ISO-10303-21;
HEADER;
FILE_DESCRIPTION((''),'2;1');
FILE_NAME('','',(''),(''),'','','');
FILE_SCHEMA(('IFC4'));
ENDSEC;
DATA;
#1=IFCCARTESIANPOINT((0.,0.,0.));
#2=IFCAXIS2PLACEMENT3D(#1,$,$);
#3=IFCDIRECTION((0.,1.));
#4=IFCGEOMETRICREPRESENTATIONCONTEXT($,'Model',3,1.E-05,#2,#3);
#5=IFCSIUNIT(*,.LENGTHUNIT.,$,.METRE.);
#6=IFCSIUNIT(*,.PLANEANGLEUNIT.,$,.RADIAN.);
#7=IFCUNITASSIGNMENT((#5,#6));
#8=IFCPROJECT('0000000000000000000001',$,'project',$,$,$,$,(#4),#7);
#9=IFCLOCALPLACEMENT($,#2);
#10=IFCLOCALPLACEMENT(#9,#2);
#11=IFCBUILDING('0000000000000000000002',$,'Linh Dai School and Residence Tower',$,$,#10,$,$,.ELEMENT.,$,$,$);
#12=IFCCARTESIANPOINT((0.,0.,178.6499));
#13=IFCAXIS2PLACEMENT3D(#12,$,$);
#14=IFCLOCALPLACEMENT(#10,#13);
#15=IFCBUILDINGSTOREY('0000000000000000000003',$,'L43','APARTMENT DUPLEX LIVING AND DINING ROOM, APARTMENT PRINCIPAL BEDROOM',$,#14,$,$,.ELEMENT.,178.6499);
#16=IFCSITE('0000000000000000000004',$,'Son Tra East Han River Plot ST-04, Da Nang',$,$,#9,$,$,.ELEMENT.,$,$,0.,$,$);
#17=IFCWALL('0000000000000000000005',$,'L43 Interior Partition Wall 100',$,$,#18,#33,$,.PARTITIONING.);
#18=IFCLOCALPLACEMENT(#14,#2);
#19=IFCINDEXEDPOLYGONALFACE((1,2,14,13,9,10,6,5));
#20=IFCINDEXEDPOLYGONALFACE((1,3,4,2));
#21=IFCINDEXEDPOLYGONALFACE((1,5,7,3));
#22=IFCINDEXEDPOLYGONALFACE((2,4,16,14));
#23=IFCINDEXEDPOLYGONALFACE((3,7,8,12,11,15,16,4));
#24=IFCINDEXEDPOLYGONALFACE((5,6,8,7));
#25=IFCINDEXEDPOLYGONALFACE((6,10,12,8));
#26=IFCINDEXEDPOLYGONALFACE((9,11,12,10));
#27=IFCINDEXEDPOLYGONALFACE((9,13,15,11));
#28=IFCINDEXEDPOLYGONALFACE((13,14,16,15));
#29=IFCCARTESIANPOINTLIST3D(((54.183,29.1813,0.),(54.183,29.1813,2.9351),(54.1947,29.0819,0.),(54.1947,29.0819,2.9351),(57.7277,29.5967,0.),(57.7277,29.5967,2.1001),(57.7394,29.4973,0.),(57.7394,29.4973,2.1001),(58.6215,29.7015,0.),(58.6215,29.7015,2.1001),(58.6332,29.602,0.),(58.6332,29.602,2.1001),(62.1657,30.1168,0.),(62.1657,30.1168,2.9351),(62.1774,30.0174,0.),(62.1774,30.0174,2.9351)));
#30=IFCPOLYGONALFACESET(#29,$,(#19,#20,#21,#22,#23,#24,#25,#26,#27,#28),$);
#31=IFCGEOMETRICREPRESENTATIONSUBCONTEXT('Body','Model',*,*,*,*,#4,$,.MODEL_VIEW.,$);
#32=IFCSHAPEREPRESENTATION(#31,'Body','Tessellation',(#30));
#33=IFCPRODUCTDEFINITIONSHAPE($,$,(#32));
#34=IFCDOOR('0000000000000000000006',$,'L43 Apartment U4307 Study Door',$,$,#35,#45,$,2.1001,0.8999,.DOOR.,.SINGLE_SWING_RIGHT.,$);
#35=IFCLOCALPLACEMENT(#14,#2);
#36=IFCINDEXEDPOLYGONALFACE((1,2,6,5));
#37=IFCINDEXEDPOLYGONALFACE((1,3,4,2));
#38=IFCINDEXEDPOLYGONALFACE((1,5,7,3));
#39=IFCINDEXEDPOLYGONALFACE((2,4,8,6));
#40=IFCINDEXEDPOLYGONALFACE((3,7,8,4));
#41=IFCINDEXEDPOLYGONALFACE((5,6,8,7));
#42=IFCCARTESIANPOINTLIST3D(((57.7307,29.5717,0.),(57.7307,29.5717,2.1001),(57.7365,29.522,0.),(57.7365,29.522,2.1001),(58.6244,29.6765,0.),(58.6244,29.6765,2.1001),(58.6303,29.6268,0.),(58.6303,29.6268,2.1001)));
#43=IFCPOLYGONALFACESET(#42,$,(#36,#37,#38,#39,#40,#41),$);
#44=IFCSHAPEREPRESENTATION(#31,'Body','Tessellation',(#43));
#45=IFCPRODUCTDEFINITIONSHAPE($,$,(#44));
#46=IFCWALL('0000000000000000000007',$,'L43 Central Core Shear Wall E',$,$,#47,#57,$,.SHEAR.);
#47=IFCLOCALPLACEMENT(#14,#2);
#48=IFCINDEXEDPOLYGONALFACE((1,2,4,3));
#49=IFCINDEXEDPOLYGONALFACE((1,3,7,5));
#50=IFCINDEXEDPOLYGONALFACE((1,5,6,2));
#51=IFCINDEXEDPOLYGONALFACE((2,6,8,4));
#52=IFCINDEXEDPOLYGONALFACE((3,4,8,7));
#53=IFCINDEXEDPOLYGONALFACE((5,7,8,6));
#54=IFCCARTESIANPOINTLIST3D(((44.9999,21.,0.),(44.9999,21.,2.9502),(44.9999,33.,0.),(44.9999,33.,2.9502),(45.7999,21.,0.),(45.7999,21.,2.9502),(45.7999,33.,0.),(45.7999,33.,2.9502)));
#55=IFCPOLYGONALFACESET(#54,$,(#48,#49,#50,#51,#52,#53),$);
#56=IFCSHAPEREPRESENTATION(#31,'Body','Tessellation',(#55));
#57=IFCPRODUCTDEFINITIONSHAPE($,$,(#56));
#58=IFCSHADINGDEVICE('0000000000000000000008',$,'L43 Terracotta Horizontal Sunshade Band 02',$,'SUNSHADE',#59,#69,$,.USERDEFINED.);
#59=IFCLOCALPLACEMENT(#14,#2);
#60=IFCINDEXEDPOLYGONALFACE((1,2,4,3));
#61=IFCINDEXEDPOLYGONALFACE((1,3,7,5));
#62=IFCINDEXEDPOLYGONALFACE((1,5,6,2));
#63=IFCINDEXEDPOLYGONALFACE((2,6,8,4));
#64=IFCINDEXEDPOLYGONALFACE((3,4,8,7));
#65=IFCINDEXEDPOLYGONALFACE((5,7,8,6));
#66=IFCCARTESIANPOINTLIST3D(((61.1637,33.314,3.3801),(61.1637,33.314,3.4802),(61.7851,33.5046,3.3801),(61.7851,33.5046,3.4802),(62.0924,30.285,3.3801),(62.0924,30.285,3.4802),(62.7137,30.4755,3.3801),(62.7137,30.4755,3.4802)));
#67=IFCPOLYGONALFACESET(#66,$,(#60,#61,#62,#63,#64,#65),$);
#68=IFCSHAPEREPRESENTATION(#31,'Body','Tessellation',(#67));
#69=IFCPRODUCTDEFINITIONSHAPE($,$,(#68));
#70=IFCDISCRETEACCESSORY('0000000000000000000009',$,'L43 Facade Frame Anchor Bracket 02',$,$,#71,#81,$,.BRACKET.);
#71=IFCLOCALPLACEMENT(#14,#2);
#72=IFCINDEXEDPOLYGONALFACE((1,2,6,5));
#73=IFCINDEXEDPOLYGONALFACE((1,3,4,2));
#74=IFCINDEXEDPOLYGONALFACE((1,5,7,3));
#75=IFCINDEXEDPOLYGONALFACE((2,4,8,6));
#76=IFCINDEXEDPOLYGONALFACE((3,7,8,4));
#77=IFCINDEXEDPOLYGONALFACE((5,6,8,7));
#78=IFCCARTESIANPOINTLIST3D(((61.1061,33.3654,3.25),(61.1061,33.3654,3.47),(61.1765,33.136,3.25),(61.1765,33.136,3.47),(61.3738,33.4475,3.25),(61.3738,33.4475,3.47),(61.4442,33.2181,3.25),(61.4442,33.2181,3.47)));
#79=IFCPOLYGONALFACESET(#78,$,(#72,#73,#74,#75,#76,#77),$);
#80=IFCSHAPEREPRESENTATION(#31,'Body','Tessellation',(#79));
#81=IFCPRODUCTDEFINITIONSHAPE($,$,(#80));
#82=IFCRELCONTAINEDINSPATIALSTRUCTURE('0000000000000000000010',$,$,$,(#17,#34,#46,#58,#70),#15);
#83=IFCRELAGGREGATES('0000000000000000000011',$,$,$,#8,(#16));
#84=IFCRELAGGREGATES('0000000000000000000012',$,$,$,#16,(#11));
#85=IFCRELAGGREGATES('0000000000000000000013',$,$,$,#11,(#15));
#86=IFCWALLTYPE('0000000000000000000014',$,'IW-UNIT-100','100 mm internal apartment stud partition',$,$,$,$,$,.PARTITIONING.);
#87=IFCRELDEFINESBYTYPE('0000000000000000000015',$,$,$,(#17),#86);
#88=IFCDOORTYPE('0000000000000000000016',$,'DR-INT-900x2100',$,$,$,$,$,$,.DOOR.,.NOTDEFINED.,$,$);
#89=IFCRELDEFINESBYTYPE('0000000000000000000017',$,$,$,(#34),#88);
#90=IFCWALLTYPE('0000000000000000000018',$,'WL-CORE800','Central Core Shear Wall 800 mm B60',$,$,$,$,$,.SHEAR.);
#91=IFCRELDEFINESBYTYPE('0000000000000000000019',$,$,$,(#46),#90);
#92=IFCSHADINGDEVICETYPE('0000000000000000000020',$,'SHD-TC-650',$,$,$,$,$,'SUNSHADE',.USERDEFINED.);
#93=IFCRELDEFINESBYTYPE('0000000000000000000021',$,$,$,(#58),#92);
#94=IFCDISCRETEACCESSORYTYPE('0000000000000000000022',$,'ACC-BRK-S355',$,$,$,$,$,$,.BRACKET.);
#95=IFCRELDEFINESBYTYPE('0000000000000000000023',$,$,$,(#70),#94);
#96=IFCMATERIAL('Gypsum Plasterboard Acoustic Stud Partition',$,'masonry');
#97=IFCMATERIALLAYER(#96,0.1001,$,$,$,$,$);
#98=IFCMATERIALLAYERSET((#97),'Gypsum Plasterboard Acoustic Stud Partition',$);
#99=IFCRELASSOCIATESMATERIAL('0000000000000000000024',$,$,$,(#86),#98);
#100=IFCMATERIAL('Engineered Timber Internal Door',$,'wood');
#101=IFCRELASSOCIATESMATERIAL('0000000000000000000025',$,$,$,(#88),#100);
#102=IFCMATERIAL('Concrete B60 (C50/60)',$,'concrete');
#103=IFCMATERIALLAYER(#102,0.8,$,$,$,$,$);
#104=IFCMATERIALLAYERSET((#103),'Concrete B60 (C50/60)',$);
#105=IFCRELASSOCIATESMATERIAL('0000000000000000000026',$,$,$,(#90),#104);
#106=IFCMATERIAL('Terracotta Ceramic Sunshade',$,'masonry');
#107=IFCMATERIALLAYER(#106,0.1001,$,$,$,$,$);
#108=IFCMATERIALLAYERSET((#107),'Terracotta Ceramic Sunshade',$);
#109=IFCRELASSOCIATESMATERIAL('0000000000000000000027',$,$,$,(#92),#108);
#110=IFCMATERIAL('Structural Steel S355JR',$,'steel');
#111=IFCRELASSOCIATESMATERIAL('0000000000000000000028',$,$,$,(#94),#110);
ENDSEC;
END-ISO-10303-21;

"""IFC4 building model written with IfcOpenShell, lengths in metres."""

from ifc_helpers import new_model, si_unit, direction, frame, frame_2d, origin, origin_2d, place, context, subcontext, project, spatial, rectangle, extrude, source, transform, mapped, material, layer, layer_set, type_object, element, fill, save


model = new_model("IFC4")

# Units and contexts
model_context = context("Model", 3, precision=1e-05, world=origin(), true_north=direction((0.0, 1.0)))
body_context = subcontext(model_context, "Body", "Model", "MODEL_VIEW")
ifc_project = project(units=[si_unit("LENGTHUNIT", "METRE"), si_unit("PLANEANGLEUNIT", "RADIAN")], contexts=[model_context])

# Site, building, storey
site_placement = place(None, origin())
site = spatial("IfcSite", under=ifc_project, at=site_placement, Name="Son Tra East Han River Plot ST-04, Da Nang", CompositionType="ELEMENT", RefElevation=0.0)
building_placement = place(site_placement, origin())
building = spatial("IfcBuilding", under=site, at=building_placement, Name="Linh Dai School and Residence Tower", CompositionType="ELEMENT")
storey_placement = place(building_placement, frame((0.0, 0.0, 178.6499)))
storey = spatial("IfcBuildingStorey", under=building, at=storey_placement, Name="L43", Description="APARTMENT DUPLEX LIVING AND DINING ROOM, APARTMENT PRINCIPAL BEDROOM", CompositionType="ELEMENT", Elevation=178.6499)

# Shared definitions
ifc_material_1 = material(Name="Concrete B60 (C50/60)", Category="concrete")
ifc_material_2 = material(Name="Structural Steel S355JR", Category="steel")

# Shared definitions
ifc_material_3 = material(Name="Gypsum Plasterboard Acoustic Stud Partition", Category="masonry")
ifc_layer_1 = layer(ifc_material_3, 0.1001)
ifc_layer_set_1 = layer_set([ifc_layer_1], Name="Gypsum Plasterboard Acoustic Stud Partition")
wall_type_1 = type_object("IfcWallType", Name="IW-UNIT-100", Description="100 mm internal apartment stud partition", PredefinedType="PARTITIONING", material=ifc_layer_set_1)

# Wall, opening, door
wall_1_placement = place(storey_placement, frame((54.189, 29.1316, 0.0), z_axis=(0.0, 0.0, 1.0), x_axis=(0.993202, 0.116401, 0.0)))
wall_1 = element("IfcWall", 1, at=wall_1_placement, inside=storey, type_object=wall_type_1, Name="L43 Interior Partition Wall 100", PredefinedType="PARTITIONING", context=body_context, shape_type="SweptSolid", body=[
    extrude(rectangle(XDim=8.0374, YDim=0.1001, at=frame_2d((4.0186, 0.0))), origin(), (0.0, 0.0, 1.0), 2.9351),
])
opening_1_placement = place(wall_1_placement, frame((3.5688, 0.0, 0.0)))
opening_1 = element("IfcOpeningElement", 2, at=opening_1_placement, cuts=wall_1, PredefinedType="OPENING", context=body_context, shape_type="SweptSolid", body=[
    extrude(rectangle(XDim=0.8999, YDim=2.1001, at=origin_2d()), frame((0.45, 0.0601, 1.05), z_axis=(0.0, -1.0, 0.0), x_axis=(1.0, 0.0, 0.0)), (0.0, 0.0, 1.0), 0.1201),
])
ifc_material_4 = material(Name="Engineered Timber Internal Door", Category="wood")
door_type_1 = type_object("IfcDoorType", Name="DR-INT-900x2100", OperationType="NOTDEFINED", PredefinedType="DOOR", material=ifc_material_4)
shared_shape_1 = source(origin(), body_context, "Body", "SweptSolid", [
    extrude(rectangle(XDim=0.8999, YDim=2.1001, at=origin_2d()), frame((0.45, 0.0249, 1.05), z_axis=(0.0, -1.0, 0.0), x_axis=(1.0, 0.0, 0.0)), (0.0, 0.0, 1.0), 0.05),
])
door_1_placement = place(opening_1_placement, origin())
door_1 = element("IfcDoor", 3, at=door_1_placement, inside=storey, type_object=door_type_1, Name="L43 Apartment U4307 Study Door", OperationType="SINGLE_SWING_RIGHT", OverallHeight=2.1001, OverallWidth=0.8999, PredefinedType="DOOR", context=body_context, shape_type="MappedRepresentation", body=[
    mapped(shared_shape_1, transform((0.0, 0.0, 0.0), x_axis=(1.0, 0.0, 0.0), y_axis=(0.0, 1.0, 0.0), z_axis=(0.0, 0.0, 1.0), scale=1.0)),
])
fill(opening_1, door_1)

# Wall
ifc_layer_2 = layer(ifc_material_1, 0.8)
ifc_layer_set_2 = layer_set([ifc_layer_2], Name="Concrete B60 (C50/60)")
wall_type_2 = type_object("IfcWallType", Name="WL-CORE800", Description="Central Core Shear Wall 800 mm B60", PredefinedType="SHEAR", material=ifc_layer_set_2)
wall_2_placement = place(storey_placement, frame((45.3999, 33.0, 0.0), z_axis=(0.0, 0.0, 1.0), x_axis=(0.0, -1.0, 0.0)))
element("IfcWall", 4, at=wall_2_placement, inside=storey, type_object=wall_type_2, Name="L43 Central Core Shear Wall E", PredefinedType="SHEAR", context=body_context, shape_type="SweptSolid", body=[
    extrude(rectangle(XDim=12.0, YDim=0.8, at=frame_2d((6.0, 0.0))), origin(), (0.0, 0.0, 1.0), 2.9502),
])

# Shading device
ifc_material_5 = material(Name="Terracotta Ceramic Sunshade", Category="masonry")
ifc_layer_3 = layer(ifc_material_5, 0.1001)
ifc_layer_set_3 = layer_set([ifc_layer_3], Name="Terracotta Ceramic Sunshade")
shading_device_type = type_object("IfcShadingDeviceType", Name="SHD-TC-650", ElementType="SUNSHADE", PredefinedType="USERDEFINED", material=ifc_layer_set_3)
shared_shape_2 = source(origin(), body_context, "Body", "SweptSolid", [
    extrude(rectangle(XDim=3.1682, YDim=0.6499, at=origin_2d()), origin(), (0.0, 0.0, 1.0), 0.1001),
])
shading_device_placement = place(storey_placement, frame((61.9387, 31.8948, 3.3801), z_axis=(0.0, 0.0, 1.0), x_axis=(0.293122, -0.956075, 0.0)))
element("IfcShadingDevice", 5, at=shading_device_placement, inside=storey, type_object=shading_device_type, Name="L43 Terracotta Horizontal Sunshade Band 02", ObjectType="SUNSHADE", PredefinedType="USERDEFINED", context=body_context, shape_type="MappedRepresentation", body=[
    mapped(shared_shape_2, transform((0.0, 0.0, 0.0), x_axis=(1.0, 0.0, 0.0), y_axis=(0.0, 1.0, 0.0), z_axis=(0.0, 0.0, 1.0), scale=1.0)),
])

# Discrete accessory
discrete_accessory_type = type_object("IfcDiscreteAccessoryType", Name="ACC-BRK-S355", PredefinedType="BRACKET", material=ifc_material_2)
shared_shape_3 = source(origin(), body_context, "Body", "SweptSolid", [
    extrude(rectangle(XDim=0.28, YDim=0.24, at=origin_2d()), origin(), (0.0, 0.0, 1.0), 0.22),
])
discrete_accessory_placement = place(storey_placement, frame((61.2751, 33.2917, 3.25), z_axis=(0.0, 0.0, 1.0), x_axis=(0.956075, 0.293122, 0.0)))
element("IfcDiscreteAccessory", 6, at=discrete_accessory_placement, inside=storey, type_object=discrete_accessory_type, Name="L43 Facade Frame Anchor Bracket 02", PredefinedType="BRACKET", context=body_context, shape_type="MappedRepresentation", body=[
    mapped(shared_shape_3, transform((0.0, 0.0, 0.0), x_axis=(1.0, 0.0, 0.0), y_axis=(0.0, 1.0, 0.0), z_axis=(0.0, 0.0, 1.0), scale=1.0)),
])

save(model, "model.ifc")
